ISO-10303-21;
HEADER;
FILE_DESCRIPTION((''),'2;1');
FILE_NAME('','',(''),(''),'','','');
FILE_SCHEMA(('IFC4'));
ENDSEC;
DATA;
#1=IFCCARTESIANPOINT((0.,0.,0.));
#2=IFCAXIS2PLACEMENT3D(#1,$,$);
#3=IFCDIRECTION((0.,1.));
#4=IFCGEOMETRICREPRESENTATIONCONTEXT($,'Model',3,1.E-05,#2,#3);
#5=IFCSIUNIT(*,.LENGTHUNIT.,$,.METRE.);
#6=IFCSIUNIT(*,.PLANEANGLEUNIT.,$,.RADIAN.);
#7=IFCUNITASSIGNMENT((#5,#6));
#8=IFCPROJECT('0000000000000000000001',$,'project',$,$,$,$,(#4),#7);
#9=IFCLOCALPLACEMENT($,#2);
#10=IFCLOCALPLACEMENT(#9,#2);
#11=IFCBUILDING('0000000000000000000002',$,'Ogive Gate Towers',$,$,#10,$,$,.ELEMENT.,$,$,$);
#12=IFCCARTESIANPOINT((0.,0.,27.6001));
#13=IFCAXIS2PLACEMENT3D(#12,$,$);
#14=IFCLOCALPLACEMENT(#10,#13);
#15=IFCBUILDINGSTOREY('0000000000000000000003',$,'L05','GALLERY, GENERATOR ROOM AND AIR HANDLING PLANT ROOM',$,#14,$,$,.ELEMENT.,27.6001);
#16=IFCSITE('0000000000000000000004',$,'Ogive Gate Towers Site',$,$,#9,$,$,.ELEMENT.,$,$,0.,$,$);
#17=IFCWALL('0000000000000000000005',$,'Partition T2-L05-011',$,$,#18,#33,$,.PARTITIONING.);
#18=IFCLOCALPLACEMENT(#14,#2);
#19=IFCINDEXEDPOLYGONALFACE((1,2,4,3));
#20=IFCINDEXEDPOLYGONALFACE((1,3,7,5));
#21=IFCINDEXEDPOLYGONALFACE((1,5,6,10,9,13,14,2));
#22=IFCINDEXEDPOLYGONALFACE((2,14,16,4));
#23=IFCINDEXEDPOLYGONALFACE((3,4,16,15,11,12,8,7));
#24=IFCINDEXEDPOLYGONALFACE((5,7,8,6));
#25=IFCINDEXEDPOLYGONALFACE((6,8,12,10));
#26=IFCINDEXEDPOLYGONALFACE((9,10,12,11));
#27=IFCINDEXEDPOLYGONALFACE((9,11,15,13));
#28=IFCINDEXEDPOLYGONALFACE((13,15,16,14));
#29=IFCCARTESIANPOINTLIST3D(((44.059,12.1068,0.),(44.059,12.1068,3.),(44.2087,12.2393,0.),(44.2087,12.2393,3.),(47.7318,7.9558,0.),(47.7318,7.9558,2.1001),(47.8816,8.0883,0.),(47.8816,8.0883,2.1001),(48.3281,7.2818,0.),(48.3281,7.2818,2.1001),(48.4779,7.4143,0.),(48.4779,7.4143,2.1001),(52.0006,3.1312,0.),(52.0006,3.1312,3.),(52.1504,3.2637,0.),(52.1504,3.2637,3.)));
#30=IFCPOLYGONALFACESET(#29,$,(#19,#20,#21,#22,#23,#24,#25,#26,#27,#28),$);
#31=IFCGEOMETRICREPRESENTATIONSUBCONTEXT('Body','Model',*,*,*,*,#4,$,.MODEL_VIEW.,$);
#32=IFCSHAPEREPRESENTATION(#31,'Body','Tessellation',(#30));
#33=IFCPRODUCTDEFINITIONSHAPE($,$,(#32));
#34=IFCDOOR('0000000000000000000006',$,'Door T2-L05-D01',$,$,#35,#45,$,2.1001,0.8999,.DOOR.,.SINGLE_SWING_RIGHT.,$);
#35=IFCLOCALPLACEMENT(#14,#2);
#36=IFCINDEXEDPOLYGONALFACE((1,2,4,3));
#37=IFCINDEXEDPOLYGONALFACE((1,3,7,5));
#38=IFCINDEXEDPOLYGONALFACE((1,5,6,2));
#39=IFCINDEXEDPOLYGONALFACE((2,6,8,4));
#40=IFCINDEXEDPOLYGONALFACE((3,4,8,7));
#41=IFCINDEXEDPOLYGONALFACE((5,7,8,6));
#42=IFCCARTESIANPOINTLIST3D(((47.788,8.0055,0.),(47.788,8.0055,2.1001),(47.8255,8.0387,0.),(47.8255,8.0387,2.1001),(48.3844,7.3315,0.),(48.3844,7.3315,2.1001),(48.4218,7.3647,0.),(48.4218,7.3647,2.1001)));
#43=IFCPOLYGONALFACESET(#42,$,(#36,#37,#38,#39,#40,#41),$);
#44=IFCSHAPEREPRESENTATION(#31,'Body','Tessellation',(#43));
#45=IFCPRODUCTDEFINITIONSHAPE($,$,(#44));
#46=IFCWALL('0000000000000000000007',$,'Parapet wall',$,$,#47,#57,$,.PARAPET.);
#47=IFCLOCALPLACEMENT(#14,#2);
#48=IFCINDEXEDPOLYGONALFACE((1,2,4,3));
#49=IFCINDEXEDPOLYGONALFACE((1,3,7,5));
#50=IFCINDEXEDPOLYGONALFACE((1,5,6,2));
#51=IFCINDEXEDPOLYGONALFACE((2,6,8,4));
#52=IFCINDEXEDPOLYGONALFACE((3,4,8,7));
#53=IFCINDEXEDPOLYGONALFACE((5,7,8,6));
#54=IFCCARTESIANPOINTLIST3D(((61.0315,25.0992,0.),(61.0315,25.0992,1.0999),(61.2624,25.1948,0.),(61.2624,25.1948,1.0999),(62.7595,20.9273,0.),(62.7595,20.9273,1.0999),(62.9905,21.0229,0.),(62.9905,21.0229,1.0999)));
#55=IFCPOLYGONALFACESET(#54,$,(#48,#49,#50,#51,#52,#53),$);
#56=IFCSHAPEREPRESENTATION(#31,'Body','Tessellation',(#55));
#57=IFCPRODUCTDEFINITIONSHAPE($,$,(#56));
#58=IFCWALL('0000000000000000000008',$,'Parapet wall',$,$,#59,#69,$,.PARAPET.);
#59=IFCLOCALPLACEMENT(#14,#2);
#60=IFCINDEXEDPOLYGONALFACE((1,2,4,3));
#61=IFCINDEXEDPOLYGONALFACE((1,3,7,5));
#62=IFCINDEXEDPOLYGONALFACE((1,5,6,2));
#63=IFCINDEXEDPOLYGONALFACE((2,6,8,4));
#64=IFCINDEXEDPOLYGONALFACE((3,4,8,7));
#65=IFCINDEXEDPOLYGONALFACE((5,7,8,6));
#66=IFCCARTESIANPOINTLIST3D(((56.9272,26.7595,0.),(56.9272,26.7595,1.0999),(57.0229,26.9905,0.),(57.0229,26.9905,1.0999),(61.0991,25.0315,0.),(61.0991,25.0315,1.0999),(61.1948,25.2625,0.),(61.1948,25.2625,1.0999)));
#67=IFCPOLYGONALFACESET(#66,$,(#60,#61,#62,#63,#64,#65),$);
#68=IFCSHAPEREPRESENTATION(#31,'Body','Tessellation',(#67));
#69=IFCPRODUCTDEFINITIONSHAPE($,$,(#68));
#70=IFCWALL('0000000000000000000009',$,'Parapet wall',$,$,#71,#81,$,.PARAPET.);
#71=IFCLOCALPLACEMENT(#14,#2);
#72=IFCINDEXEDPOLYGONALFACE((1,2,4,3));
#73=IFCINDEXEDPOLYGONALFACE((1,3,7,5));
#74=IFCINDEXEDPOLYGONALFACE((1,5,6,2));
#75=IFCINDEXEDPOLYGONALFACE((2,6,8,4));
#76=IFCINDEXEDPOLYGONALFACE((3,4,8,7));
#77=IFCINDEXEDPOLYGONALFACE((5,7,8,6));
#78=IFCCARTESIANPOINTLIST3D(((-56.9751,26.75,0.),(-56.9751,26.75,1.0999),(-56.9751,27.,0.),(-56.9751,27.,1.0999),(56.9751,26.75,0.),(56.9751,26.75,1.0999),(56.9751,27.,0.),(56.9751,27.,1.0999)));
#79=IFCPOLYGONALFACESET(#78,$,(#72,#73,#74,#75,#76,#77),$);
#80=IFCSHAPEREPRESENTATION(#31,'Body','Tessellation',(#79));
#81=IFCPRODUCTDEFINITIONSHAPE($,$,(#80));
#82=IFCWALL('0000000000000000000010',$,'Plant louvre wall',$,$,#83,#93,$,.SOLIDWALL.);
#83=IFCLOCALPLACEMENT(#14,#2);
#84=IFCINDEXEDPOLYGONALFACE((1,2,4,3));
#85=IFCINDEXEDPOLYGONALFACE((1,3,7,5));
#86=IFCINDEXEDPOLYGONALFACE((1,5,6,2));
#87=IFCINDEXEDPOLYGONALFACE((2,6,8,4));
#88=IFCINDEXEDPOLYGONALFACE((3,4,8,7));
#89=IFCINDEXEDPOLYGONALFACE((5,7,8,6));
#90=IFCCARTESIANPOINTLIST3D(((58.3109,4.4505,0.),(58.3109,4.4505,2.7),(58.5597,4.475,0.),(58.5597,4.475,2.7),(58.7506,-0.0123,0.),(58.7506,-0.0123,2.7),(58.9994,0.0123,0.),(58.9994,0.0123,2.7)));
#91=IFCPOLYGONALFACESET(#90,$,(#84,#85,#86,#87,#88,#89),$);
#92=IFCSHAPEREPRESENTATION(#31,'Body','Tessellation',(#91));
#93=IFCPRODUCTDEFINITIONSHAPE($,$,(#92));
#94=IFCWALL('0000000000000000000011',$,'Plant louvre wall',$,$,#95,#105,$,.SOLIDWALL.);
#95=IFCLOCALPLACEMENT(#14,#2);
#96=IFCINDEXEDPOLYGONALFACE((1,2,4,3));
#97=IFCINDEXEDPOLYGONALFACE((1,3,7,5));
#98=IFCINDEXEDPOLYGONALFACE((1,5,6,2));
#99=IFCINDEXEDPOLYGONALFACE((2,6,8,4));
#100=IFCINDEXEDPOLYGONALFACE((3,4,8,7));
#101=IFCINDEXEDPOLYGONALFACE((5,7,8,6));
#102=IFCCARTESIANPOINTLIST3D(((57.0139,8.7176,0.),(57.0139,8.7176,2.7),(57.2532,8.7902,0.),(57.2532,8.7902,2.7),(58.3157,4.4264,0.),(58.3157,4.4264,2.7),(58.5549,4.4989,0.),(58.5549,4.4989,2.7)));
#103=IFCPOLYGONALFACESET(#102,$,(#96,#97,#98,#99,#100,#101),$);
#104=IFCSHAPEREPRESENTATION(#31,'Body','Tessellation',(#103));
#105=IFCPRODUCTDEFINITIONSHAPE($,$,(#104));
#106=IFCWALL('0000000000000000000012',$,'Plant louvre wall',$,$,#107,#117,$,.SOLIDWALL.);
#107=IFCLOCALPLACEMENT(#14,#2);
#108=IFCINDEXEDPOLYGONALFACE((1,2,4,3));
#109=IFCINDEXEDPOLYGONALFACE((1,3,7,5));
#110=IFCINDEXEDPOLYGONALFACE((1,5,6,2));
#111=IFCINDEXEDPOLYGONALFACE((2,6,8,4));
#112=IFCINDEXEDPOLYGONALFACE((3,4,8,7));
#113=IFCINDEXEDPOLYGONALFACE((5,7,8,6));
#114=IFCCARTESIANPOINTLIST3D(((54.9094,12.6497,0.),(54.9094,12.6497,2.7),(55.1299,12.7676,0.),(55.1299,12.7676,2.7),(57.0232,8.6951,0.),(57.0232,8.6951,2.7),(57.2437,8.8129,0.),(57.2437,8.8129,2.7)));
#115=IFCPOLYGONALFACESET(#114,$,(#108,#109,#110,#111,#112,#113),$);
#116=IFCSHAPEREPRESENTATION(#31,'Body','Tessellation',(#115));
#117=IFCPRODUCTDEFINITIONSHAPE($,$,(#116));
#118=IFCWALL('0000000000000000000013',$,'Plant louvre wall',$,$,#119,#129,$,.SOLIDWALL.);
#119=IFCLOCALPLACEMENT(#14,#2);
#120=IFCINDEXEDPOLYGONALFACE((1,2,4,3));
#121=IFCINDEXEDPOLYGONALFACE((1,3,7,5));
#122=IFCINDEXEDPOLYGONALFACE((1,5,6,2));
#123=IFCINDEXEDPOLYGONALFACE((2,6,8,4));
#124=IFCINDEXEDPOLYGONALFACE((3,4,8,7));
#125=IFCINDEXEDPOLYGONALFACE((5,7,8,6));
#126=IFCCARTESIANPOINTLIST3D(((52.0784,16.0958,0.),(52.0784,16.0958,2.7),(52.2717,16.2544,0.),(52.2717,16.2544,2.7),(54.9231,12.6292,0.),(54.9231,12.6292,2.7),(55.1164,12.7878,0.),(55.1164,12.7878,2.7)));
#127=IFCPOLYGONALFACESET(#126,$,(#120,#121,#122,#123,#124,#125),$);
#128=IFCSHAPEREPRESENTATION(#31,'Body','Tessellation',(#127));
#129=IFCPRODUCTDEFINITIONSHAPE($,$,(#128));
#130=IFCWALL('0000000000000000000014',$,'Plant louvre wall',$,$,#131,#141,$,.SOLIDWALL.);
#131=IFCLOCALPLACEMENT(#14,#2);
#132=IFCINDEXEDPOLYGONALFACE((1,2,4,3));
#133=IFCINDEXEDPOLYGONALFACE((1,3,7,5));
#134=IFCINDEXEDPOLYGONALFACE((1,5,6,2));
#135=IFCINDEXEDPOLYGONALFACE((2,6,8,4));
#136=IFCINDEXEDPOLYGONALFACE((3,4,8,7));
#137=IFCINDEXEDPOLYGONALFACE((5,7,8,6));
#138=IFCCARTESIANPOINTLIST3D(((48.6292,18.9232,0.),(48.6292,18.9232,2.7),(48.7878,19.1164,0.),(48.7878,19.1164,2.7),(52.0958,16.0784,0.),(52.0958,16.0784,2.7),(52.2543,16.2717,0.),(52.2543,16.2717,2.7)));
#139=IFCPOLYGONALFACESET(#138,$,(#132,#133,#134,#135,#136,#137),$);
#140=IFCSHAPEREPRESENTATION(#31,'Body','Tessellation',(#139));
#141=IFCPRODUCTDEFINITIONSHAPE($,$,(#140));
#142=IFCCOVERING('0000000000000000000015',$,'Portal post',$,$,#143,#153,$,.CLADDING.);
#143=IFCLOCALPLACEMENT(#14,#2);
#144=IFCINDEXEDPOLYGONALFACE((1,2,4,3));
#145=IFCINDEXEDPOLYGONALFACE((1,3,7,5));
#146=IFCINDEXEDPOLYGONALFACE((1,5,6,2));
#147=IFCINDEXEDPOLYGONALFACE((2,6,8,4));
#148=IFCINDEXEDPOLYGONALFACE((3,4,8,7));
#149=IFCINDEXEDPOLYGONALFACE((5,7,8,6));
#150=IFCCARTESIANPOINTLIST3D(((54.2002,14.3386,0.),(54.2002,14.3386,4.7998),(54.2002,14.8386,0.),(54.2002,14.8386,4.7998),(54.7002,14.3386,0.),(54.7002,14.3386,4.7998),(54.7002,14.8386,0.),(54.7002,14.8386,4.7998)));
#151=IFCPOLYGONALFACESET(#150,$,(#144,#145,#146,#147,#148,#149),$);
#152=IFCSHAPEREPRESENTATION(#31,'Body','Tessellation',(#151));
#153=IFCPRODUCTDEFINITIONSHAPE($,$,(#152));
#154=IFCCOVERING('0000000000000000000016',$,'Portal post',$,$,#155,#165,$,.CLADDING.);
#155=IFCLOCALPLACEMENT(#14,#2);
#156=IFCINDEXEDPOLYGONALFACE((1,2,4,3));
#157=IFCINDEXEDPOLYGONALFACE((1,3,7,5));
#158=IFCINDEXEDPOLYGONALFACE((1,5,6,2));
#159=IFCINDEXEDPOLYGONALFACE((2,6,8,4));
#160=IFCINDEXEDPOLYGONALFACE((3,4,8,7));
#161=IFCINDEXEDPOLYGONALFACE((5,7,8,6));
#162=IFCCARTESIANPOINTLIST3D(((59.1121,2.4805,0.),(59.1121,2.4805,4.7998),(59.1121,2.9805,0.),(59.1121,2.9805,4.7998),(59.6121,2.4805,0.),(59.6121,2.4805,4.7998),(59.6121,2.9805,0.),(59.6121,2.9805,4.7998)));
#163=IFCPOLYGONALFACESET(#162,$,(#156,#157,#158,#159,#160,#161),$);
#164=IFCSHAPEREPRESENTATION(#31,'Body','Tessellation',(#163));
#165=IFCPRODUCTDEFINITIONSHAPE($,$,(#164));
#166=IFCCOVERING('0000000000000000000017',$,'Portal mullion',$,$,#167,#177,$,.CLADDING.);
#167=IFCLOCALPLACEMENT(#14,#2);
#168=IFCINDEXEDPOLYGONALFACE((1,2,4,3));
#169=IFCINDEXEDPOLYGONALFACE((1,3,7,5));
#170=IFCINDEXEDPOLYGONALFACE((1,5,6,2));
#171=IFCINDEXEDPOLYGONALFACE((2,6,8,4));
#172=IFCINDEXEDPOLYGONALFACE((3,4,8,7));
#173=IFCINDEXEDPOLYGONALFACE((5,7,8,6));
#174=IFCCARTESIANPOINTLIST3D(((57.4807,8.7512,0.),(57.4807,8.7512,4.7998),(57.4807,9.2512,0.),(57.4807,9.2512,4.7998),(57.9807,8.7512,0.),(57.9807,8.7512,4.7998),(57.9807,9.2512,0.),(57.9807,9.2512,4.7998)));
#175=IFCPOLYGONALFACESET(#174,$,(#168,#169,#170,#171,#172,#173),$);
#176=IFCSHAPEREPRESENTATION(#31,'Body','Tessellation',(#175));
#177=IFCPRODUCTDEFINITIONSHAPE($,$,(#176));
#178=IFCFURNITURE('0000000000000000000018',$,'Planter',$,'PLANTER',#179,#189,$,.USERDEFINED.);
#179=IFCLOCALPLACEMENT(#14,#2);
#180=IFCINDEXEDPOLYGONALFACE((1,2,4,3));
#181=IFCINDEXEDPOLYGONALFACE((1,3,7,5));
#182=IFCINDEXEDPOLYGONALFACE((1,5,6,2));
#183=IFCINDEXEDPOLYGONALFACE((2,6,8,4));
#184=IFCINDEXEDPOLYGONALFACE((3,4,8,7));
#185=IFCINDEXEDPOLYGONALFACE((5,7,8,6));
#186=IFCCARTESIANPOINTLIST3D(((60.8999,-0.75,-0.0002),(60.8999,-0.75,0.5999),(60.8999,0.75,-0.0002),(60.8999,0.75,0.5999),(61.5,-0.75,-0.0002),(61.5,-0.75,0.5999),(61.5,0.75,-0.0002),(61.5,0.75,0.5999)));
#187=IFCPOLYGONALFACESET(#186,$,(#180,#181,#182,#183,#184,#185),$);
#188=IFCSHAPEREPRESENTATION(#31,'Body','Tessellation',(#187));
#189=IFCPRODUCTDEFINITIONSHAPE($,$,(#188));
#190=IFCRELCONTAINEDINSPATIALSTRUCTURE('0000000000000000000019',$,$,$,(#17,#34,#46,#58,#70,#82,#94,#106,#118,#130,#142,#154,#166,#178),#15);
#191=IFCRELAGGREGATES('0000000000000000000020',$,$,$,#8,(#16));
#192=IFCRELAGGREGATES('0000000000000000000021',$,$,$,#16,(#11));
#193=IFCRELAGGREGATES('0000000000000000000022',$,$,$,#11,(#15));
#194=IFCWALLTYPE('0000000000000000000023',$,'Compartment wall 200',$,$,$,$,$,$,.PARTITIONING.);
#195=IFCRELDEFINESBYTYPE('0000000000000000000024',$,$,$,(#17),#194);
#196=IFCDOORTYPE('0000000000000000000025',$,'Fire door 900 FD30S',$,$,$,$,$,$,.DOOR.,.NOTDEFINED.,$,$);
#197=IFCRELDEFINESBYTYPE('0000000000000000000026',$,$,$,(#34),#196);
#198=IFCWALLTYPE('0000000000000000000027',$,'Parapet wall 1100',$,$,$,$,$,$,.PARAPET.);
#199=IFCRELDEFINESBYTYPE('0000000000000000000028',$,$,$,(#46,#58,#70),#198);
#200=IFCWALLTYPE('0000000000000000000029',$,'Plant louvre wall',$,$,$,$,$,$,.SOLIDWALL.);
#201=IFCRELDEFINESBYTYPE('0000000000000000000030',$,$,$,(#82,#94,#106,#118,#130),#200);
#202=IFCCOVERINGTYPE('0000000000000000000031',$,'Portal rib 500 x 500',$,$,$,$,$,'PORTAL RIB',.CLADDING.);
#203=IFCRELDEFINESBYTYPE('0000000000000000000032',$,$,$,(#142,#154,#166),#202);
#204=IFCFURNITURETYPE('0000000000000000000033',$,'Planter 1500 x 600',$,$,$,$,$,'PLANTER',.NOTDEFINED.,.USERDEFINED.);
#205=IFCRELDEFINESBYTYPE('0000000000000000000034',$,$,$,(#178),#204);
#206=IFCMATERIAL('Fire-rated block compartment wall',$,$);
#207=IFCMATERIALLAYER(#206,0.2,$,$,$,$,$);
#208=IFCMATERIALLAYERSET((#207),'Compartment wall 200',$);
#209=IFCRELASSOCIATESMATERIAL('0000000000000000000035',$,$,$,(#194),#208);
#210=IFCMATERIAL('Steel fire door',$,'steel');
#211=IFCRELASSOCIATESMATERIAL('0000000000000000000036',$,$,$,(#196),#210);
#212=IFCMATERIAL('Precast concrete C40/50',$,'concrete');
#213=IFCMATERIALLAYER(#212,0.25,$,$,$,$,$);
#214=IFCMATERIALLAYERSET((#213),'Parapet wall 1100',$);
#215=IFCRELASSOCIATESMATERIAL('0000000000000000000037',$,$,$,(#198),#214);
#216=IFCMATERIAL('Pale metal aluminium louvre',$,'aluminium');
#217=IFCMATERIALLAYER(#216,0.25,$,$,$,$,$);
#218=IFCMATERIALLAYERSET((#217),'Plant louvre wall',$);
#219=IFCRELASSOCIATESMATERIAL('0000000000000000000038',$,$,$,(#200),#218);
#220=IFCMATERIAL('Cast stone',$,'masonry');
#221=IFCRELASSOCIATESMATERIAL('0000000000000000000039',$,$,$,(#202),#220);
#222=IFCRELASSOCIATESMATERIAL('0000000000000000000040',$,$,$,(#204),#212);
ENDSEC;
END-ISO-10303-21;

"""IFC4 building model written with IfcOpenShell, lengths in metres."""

from ifc_helpers import new_model, si_unit, direction, frame, frame_2d, origin, origin_2d, place, context, subcontext, project, spatial, rectangle, extrude, material, layer, layer_set, material_profile, profile_set, type_object, element, fill, save


model = new_model("IFC4")

# Units and contexts
model_context = context("Model", 3, precision=1e-05, world=origin(), true_north=direction((0.0, 1.0)))
body_context = subcontext(model_context, "Body", "Model", "MODEL_VIEW")
ifc_project = project(units=[si_unit("LENGTHUNIT", "METRE"), si_unit("PLANEANGLEUNIT", "RADIAN")], contexts=[model_context])

# Site, building, storey
site_placement = place(None, origin())
site = spatial("IfcSite", under=ifc_project, at=site_placement, Name="Ogive Gate Towers Site", CompositionType="ELEMENT", RefElevation=0.0)
building_placement = place(site_placement, origin())
building = spatial("IfcBuilding", under=site, at=building_placement, Name="Ogive Gate Towers", CompositionType="ELEMENT")
storey_placement = place(building_placement, frame((0.0, 0.0, 27.6001)))
storey = spatial("IfcBuildingStorey", under=building, at=storey_placement, Name="L05", Description="GALLERY, GENERATOR ROOM AND AIR HANDLING PLANT ROOM", CompositionType="ELEMENT", Elevation=27.6001)

# Shared definitions
ifc_material_1 = material(Name="Fire-rated block compartment wall")
ifc_layer_1 = layer(ifc_material_1, 0.2)
ifc_layer_set_1 = layer_set([ifc_layer_1], Name="Compartment wall 200")
wall_type_1 = type_object("IfcWallType", Name="Compartment wall 200", PredefinedType="PARTITIONING", material=ifc_layer_set_1)

# Wall, opening, door
wall_1_placement = place(storey_placement, frame((52.0754, 3.1975, 0.0), z_axis=(0.0, 0.0, 1.0), x_axis=(-0.662654, 0.748926, 0.0)))
wall_1 = element("IfcWall", 1, at=wall_1_placement, inside=storey, type_object=wall_type_1, Name="Partition T2-L05-011", PredefinedType="PARTITIONING", context=body_context, shape_type="SweptSolid", body=[
    extrude(rectangle(XDim=11.9846, YDim=0.2, at=frame_2d((5.9922, 0.0))), origin(), (0.0, 0.0, 1.0), 3.0),
])
opening_placement = place(wall_1_placement, frame((5.542, 0.0, 0.0)))
opening = element("IfcOpeningElement", 2, at=opening_placement, cuts=wall_1, PredefinedType="OPENING", context=body_context, shape_type="SweptSolid", body=[
    extrude(rectangle(XDim=0.8999, YDim=2.1001, at=frame_2d((0.45, 1.05))), frame((0.0, 0.1099, 0.0), z_axis=(0.0, -1.0, 0.0), x_axis=(1.0, 0.0, 0.0)), (0.0, 0.0, 1.0), 0.22),
])
ifc_material_2 = material(Name="Steel fire door", Category="steel")
door_type = type_object("IfcDoorType", Name="Fire door 900 FD30S", OperationType="NOTDEFINED", PredefinedType="DOOR", material=ifc_material_2)
door_placement = place(opening_placement, origin())
door = element("IfcDoor", 3, at=door_placement, inside=storey, type_object=door_type, Name="Door T2-L05-D01", OperationType="SINGLE_SWING_RIGHT", OverallHeight=2.1001, OverallWidth=0.8999, PredefinedType="DOOR", context=body_context, shape_type="SweptSolid", body=[
    extrude(rectangle(XDim=0.8999, YDim=2.1001, at=frame_2d((0.45, 1.05))), frame((0.0, 0.0249, 0.0), z_axis=(0.0, -1.0, 0.0), x_axis=(1.0, 0.0, 0.0)), (0.0, 0.0, 1.0), 0.05),
])
fill(opening, door)

# Walls
ifc_material_3 = material(Name="Precast concrete C40/50", Category="concrete")
ifc_layer_2 = layer(ifc_material_3, 0.25)
ifc_layer_set_2 = layer_set([ifc_layer_2], Name="Parapet wall 1100")
wall_type_2 = type_object("IfcWallType", Name="Parapet wall 1100", PredefinedType="PARAPET", material=ifc_layer_set_2)
for number, where, z_axis, x_axis, name in (
    (4, (62.875, 20.9751, 0.0), (0.0, 0.0, 1.0), (-0.38268, 0.923881, 0.0), "Parapet wall"),
    (5, (61.147, 25.147, 0.0), (0.0, 0.0, 1.0), (-0.923881, 0.38268, 0.0), "Parapet wall"),
):
    element("IfcWall", number, at=place(storey_placement, frame(where, z_axis=z_axis, x_axis=x_axis)), inside=storey, type_object=wall_type_2, Name=name, PredefinedType="PARAPET", context=body_context, shape_type="SweptSolid", body=[
        extrude(rectangle(XDim=4.5156, YDim=0.25, at=frame_2d((2.2578, 0.0))), origin(), (0.0, 0.0, 1.0), 1.0999),
    ])
wall_2_placement = place(storey_placement, frame((56.9751, 26.875, 0.0), z_axis=(0.0, 0.0, 1.0), x_axis=(-1.0, 0.0, 0.0)))
element("IfcWall", 6, at=wall_2_placement, inside=storey, type_object=wall_type_2, Name="Parapet wall", PredefinedType="PARAPET", context=body_context, shape_type="SweptSolid", body=[
    extrude(rectangle(XDim=113.9502, YDim=0.25, at=frame_2d((56.9751, 0.0))), origin(), (0.0, 0.0, 1.0), 1.0999),
])
ifc_material_4 = material(Name="Pale metal aluminium louvre", Category="aluminium")
ifc_layer_3 = layer(ifc_material_4, 0.25)
ifc_layer_set_3 = layer_set([ifc_layer_3], Name="Plant louvre wall")
wall_type_3 = type_object("IfcWallType", Name="Plant louvre wall", PredefinedType="SOLIDWALL", material=ifc_layer_set_3)
for number, where, z_axis, x_axis, name in (
    (7, (58.875, 0.0, 0.0), (0.0, 0.0, 1.0), (-0.098054, 0.995181, 0.0), "Plant louvre wall"),
    (8, (58.4353, 4.4626, 0.0), (0.0, 0.0, 1.0), (-0.290288, 0.956939, 0.0), "Plant louvre wall"),
):
    element("IfcWall", number, at=place(storey_placement, frame(where, z_axis=z_axis, x_axis=x_axis)), inside=storey, type_object=wall_type_3, Name=name, PredefinedType="SOLIDWALL", context=body_context, shape_type="SweptSolid", body=[
        extrude(rectangle(XDim=4.4844, YDim=0.25, at=frame_2d((2.2422, 0.0))), origin(), (0.0, 0.0, 1.0), 2.7),
    ])
wall_3_placement = place(storey_placement, frame((57.1335, 8.7539, 0.0), z_axis=(0.0, 0.0, 1.0), x_axis=(-0.471396, 0.881922, 0.0)))
element("IfcWall", 9, at=wall_3_placement, inside=storey, type_object=wall_type_3, Name="Plant louvre wall", PredefinedType="SOLIDWALL", context=body_context, shape_type="SweptSolid", body=[
    extrude(rectangle(XDim=4.4841, YDim=0.25, at=frame_2d((2.2422, 0.0))), origin(), (0.0, 0.0, 1.0), 2.7),
])
for number, where, z_axis, x_axis, name in (
    (10, (55.0198, 12.7085, 0.0), (0.0, 0.0, 1.0), (-0.634367, 0.773032, 0.0), "Plant louvre wall"),
    (11, (52.175, 16.175, 0.0), (0.0, 0.0, 1.0), (-0.773032, 0.634367, 0.0), "Plant louvre wall"),
):
    element("IfcWall", number, at=place(storey_placement, frame(where, z_axis=z_axis, x_axis=x_axis)), inside=storey, type_object=wall_type_3, Name=name, PredefinedType="SOLIDWALL", context=body_context, shape_type="SweptSolid", body=[
        extrude(rectangle(XDim=4.4844, YDim=0.25, at=frame_2d((2.2422, 0.0))), origin(), (0.0, 0.0, 1.0), 2.7),
    ])

# Coverings
ifc_material_5 = material(Name="Cast stone", Category="masonry")
ifc_material_profile_1 = material_profile(ifc_material_5, rectangle(XDim=0.5, YDim=0.5, at=origin_2d()), Name="500 x 500 cast stone")
ifc_profile_set_1 = profile_set([ifc_material_profile_1], Name="Cast stone")
covering_type = type_object("IfcCoveringType", Name="Portal rib 500 x 500", ElementType="PORTAL RIB", PredefinedType="CLADDING", material=ifc_profile_set_1)
for number, where, z_axis, x_axis, name in (
    (12, (54.4502, 14.5886, 0.0), (0.0, 0.0, 1.0), (1.0, 0.0, 0.0), "Portal post"),
    (13, (59.3621, 2.7305, 0.0), (0.0, 0.0, 1.0), (1.0, 0.0, 0.0), "Portal post"),
    (14, (57.7307, 9.0012, 0.0), (0.0, 0.0, 1.0), (1.0, 0.0, 0.0), "Portal mullion"),
):
    element("IfcCovering", number, at=place(storey_placement, frame(where, z_axis=z_axis, x_axis=x_axis)), inside=storey, type_object=covering_type, Name=name, PredefinedType="CLADDING", context=body_context, shape_type="SweptSolid", body=[
        extrude(rectangle(XDim=0.5, YDim=0.5, at=origin_2d()), origin(), (0.0, 0.0, 1.0), 4.7998),
    ])

# Furniture
furniture_type = type_object("IfcFurnitureType", Name="Planter 1500 x 600", ElementType="PLANTER", AssemblyPlace="NOTDEFINED", PredefinedType="USERDEFINED", material=ifc_material_3)
furniture_placement = place(storey_placement, frame((61.2, 0.0, -0.0002), z_axis=(0.0, 0.0, 1.0), x_axis=(0.0, 1.0, 0.0)))
element("IfcFurniture", 15, at=furniture_placement, inside=storey, type_object=furniture_type, Name="Planter", ObjectType="PLANTER", PredefinedType="USERDEFINED", context=body_context, shape_type="SweptSolid", body=[
    extrude(rectangle(XDim=1.5, YDim=0.6001, at=origin_2d()), origin(), (0.0, 0.0, 1.0), 0.6001),
])

save(model, "model.ifc")
